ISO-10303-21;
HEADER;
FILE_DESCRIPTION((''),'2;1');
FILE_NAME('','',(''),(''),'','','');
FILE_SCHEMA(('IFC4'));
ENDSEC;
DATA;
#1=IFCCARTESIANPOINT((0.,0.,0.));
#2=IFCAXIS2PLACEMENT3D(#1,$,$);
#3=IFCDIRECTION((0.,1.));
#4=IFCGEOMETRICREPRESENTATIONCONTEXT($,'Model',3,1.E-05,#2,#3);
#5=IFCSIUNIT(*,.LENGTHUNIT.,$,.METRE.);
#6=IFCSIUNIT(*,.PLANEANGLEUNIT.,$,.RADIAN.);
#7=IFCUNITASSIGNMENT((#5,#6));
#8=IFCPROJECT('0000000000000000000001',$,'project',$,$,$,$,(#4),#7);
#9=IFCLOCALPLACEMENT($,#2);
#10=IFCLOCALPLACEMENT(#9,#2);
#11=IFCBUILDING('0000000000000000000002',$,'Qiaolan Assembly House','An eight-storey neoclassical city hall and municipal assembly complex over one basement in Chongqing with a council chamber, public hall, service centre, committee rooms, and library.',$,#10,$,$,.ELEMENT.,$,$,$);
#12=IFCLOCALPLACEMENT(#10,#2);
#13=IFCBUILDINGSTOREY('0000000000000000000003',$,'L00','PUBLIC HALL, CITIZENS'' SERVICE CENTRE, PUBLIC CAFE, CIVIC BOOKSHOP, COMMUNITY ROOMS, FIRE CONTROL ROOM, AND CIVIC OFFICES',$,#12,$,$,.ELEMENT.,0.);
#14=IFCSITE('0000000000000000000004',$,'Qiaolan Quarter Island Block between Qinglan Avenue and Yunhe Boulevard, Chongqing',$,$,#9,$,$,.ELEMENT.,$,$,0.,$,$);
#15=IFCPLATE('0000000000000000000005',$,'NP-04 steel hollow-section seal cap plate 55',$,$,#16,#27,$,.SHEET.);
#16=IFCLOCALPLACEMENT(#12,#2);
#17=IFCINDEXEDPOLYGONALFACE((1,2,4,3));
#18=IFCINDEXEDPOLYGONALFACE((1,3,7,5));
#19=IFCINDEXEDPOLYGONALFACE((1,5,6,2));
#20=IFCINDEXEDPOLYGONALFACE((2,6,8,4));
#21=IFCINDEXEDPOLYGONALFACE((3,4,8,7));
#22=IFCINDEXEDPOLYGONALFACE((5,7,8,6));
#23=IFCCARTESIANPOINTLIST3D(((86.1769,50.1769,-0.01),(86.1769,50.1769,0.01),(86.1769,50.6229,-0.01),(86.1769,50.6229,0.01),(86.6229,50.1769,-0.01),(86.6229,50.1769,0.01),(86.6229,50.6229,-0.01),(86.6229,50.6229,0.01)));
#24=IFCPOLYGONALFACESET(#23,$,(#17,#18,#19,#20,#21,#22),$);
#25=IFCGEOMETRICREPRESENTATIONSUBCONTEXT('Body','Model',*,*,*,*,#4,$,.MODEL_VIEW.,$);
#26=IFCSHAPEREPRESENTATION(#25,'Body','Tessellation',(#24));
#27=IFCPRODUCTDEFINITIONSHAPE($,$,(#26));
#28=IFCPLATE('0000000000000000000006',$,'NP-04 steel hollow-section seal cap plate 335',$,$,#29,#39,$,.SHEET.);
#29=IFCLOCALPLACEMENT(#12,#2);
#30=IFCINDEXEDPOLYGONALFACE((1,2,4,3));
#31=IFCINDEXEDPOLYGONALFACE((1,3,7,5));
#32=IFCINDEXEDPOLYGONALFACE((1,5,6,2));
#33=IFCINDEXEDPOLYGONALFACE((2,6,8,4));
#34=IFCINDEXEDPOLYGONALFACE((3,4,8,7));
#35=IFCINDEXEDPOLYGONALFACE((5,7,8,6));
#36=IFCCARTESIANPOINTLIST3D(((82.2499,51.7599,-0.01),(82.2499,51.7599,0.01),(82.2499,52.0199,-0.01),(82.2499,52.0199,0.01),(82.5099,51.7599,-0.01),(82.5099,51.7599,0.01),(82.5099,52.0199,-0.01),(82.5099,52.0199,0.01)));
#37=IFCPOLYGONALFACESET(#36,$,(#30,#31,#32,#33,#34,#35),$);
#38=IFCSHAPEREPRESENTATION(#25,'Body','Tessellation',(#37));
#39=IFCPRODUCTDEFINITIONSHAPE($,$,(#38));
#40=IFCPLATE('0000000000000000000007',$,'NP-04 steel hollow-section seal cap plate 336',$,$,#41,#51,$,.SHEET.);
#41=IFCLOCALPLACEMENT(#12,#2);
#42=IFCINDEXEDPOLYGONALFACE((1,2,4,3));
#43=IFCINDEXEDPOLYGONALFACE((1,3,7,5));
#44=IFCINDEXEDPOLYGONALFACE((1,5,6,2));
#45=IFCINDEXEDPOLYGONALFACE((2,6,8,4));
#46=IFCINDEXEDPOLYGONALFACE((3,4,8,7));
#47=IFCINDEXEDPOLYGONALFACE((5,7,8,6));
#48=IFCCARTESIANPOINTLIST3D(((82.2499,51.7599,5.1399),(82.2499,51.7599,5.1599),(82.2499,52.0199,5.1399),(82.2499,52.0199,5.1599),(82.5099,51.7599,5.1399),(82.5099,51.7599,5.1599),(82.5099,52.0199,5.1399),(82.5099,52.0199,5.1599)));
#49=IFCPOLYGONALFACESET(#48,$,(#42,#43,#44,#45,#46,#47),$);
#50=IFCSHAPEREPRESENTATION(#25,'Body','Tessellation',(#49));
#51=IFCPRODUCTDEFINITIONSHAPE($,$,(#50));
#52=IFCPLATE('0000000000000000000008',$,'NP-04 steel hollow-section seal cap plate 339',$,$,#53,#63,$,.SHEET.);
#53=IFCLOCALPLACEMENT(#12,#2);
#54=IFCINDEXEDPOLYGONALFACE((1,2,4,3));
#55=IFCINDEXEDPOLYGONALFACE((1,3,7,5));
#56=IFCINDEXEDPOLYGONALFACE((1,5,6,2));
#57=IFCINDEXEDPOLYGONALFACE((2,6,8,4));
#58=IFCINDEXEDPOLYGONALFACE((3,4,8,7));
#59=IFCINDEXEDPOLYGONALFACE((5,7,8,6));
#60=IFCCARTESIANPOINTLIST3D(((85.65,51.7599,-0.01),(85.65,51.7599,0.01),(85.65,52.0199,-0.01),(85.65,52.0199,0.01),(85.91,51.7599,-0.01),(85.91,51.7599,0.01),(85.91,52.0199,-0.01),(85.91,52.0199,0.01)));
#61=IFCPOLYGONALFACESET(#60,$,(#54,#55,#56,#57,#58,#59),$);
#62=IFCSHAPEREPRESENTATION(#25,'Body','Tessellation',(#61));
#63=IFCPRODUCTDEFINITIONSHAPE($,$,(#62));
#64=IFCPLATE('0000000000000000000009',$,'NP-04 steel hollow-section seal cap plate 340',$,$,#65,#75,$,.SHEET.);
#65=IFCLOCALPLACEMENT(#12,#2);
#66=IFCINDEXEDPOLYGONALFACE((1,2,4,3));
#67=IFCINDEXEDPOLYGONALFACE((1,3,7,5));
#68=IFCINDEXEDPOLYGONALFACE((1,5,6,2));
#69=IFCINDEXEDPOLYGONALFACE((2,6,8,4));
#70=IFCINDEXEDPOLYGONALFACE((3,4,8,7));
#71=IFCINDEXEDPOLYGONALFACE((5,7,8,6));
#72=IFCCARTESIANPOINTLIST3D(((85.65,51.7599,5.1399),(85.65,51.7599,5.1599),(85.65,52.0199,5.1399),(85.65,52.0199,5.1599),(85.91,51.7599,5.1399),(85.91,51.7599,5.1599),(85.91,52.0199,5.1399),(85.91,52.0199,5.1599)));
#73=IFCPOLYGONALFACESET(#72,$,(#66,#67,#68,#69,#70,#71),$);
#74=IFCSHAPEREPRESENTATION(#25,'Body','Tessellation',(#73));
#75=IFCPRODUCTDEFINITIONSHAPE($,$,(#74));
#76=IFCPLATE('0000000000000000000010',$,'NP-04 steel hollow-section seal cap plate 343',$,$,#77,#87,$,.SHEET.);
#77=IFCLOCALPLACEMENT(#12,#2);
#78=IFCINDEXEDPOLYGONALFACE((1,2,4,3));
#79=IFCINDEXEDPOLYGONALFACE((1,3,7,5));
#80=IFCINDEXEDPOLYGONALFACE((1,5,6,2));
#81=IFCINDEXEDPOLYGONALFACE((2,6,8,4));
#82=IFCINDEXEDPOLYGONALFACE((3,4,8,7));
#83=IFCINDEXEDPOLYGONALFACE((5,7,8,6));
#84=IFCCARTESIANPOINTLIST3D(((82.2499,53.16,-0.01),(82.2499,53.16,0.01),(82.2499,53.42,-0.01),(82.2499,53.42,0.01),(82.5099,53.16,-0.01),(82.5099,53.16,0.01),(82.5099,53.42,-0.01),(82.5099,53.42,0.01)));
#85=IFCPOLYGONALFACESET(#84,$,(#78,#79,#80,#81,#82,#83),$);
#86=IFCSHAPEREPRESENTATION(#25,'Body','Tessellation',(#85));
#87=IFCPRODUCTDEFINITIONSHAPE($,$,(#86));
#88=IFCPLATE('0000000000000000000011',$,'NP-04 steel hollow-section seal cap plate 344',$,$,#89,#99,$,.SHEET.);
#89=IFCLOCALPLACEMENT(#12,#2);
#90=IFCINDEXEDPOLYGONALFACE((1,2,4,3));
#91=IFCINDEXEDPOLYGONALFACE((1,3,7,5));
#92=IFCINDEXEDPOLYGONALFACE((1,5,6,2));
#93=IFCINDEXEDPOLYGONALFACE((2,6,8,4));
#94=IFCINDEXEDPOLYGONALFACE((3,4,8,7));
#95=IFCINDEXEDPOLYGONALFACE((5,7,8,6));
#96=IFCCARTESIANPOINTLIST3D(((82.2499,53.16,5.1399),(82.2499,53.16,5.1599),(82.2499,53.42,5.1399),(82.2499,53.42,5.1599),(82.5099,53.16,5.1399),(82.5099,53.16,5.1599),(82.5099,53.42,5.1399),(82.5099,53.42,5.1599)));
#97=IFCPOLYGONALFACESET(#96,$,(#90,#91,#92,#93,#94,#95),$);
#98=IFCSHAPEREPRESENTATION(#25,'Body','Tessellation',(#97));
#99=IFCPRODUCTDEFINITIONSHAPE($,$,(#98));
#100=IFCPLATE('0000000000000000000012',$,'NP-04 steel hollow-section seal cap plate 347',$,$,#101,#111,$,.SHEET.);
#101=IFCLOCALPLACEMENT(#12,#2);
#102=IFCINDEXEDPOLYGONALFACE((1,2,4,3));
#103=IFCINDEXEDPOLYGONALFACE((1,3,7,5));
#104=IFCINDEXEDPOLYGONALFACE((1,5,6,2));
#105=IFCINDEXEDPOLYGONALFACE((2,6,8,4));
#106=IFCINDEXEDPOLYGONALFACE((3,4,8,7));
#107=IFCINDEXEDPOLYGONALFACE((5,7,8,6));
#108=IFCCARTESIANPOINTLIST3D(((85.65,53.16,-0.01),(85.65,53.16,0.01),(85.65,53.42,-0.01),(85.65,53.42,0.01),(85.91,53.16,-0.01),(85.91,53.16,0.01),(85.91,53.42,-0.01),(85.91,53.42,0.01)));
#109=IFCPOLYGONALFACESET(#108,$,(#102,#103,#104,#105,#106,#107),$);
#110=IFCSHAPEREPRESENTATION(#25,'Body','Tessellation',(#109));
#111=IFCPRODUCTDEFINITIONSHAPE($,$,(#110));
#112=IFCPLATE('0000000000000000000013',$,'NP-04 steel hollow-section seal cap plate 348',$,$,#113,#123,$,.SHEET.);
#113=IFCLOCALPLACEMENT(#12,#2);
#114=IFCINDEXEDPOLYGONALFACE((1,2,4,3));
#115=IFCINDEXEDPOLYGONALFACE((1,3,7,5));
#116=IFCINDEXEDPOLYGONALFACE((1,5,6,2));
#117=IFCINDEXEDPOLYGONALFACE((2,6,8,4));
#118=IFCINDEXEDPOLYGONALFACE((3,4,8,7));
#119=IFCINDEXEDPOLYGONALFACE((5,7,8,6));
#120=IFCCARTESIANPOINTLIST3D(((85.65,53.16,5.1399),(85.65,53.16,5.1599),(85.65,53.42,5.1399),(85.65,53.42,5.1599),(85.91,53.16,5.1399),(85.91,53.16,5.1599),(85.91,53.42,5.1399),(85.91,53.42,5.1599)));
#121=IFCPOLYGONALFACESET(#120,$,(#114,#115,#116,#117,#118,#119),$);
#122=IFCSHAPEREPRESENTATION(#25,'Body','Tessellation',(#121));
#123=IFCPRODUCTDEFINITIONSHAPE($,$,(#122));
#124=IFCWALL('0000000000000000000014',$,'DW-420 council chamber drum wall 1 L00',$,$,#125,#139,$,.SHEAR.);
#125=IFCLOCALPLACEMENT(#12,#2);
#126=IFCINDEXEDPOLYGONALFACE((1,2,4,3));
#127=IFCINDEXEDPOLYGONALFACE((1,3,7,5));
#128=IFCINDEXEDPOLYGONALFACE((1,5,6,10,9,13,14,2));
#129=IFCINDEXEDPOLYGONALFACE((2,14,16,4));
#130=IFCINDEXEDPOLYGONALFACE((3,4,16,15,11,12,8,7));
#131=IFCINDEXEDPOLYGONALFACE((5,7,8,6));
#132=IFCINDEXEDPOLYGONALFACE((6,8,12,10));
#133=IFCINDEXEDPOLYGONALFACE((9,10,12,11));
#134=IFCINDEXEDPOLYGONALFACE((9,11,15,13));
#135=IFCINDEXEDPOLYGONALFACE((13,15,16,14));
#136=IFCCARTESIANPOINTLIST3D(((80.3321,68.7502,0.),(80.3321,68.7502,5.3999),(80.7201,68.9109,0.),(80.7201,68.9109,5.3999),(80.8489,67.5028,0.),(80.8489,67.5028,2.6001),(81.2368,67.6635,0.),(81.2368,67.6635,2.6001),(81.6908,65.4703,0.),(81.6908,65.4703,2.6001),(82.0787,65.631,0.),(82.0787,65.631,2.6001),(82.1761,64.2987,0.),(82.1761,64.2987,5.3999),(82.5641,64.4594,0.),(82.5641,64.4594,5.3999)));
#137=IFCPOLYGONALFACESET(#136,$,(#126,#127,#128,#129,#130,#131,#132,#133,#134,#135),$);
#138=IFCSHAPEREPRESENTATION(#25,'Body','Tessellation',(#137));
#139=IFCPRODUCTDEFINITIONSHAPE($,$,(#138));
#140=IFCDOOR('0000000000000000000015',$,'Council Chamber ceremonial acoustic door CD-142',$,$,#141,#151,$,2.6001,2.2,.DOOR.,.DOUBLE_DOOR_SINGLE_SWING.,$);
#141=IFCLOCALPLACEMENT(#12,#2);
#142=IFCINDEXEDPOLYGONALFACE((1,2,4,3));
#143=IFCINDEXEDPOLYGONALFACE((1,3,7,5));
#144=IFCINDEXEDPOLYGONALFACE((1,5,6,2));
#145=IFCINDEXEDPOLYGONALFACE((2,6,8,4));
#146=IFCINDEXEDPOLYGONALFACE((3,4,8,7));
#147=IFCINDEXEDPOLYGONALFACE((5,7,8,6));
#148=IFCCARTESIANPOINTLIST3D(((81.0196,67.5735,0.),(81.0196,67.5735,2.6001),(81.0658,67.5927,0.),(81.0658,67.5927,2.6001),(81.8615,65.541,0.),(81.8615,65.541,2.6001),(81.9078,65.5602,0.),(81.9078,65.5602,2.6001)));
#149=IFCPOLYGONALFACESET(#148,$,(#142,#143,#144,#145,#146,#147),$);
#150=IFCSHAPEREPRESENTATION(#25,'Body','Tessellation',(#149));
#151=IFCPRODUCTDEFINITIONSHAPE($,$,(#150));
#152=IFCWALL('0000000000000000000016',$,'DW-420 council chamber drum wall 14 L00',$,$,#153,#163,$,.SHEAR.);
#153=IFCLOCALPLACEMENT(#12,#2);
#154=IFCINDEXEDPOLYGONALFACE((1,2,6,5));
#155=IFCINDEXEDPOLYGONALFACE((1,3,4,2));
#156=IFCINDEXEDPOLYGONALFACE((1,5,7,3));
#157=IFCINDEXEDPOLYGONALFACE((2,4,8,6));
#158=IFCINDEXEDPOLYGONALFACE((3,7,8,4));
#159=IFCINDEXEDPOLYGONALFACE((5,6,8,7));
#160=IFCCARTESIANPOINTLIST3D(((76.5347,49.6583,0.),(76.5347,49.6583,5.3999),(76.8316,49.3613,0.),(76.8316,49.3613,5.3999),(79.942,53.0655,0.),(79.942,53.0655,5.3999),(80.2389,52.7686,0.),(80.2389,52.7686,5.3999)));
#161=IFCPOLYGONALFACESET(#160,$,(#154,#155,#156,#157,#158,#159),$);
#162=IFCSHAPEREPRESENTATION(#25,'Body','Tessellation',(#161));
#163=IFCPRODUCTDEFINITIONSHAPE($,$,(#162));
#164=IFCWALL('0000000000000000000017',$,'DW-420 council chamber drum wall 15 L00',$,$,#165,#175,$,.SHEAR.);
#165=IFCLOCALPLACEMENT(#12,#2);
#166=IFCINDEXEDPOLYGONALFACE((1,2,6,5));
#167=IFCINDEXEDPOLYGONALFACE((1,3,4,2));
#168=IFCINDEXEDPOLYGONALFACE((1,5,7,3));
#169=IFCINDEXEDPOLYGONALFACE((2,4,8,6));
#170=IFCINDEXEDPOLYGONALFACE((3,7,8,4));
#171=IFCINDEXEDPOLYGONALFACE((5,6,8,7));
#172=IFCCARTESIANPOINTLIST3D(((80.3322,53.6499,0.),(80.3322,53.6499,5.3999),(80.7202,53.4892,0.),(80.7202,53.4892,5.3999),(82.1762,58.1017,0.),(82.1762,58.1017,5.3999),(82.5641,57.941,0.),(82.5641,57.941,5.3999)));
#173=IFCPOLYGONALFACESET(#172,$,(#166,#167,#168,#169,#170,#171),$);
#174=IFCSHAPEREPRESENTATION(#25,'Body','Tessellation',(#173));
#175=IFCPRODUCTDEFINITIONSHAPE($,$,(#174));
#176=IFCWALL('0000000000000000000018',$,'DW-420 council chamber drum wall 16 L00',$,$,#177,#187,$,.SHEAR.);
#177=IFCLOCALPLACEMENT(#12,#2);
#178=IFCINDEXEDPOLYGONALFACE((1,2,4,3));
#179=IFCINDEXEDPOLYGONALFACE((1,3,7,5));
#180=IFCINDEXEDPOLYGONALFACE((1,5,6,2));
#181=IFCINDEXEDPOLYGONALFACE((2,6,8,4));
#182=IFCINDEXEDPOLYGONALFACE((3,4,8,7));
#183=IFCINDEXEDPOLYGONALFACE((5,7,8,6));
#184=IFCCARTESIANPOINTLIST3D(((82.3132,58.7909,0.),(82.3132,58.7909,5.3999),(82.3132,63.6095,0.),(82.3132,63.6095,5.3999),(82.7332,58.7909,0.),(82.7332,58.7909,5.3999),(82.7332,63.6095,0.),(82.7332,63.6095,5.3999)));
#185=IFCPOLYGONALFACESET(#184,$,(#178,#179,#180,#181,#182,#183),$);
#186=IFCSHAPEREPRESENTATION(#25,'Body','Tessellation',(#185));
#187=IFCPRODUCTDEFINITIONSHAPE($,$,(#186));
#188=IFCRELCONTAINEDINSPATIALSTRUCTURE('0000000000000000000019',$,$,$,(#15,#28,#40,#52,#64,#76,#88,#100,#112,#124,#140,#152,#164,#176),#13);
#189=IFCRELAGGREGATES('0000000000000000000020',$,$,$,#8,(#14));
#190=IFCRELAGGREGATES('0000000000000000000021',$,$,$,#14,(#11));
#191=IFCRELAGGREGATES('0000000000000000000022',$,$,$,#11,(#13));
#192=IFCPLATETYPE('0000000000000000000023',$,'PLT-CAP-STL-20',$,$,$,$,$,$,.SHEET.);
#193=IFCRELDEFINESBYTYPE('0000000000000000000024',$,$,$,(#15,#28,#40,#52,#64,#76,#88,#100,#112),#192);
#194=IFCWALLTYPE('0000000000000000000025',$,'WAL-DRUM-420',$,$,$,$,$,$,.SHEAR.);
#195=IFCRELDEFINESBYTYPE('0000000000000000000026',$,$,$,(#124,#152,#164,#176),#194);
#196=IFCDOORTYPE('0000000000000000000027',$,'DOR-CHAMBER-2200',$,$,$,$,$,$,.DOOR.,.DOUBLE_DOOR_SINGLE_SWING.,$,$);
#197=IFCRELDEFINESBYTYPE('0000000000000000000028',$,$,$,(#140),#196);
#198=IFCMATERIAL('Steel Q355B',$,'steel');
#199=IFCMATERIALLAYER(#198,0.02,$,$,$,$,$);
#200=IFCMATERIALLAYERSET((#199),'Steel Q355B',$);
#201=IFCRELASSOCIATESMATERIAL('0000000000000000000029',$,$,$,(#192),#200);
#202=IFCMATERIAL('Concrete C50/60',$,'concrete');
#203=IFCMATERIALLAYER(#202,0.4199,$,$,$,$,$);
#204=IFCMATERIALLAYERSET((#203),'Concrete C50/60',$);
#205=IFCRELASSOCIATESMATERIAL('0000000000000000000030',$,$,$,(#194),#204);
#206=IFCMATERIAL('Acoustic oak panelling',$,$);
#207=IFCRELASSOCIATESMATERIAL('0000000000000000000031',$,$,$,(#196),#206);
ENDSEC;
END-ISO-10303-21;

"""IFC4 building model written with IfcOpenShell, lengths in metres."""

from ifc_helpers import new_model, si_unit, direction, frame, frame_2d, origin, origin_2d, place, context, subcontext, project, spatial, rectangle, extrude, material, layer, layer_set, type_object, element, fill, save


model = new_model("IFC4")

# Units and contexts
model_context = context("Model", 3, precision=1e-05, world=origin(), true_north=direction((0.0, 1.0)))
body_context = subcontext(model_context, "Body", "Model", "MODEL_VIEW")
ifc_project = project(units=[si_unit("LENGTHUNIT", "METRE"), si_unit("PLANEANGLEUNIT", "RADIAN")], contexts=[model_context])

# Site, building, storey
site_placement = place(None, origin())
site = spatial("IfcSite", under=ifc_project, at=site_placement, Name="Qiaolan Quarter Island Block between Qinglan Avenue and Yunhe Boulevard, Chongqing", CompositionType="ELEMENT", RefElevation=0.0)
building_placement = place(site_placement, origin())
building = spatial("IfcBuilding", under=site, at=building_placement, Name="Qiaolan Assembly House", Description="An eight-storey neoclassical city hall and municipal assembly complex over one basement in Chongqing with a council chamber, public hall, service centre, committee rooms, and library.", CompositionType="ELEMENT")
storey_placement = place(building_placement, origin())
storey = spatial("IfcBuildingStorey", under=building, at=storey_placement, Name="L00", Description="PUBLIC HALL, CITIZENS' SERVICE CENTRE, PUBLIC CAFE, CIVIC BOOKSHOP, COMMUNITY ROOMS, FIRE CONTROL ROOM, AND CIVIC OFFICES", CompositionType="ELEMENT", Elevation=0.0)

# Shared definitions
ifc_material_1 = material(Name="Concrete C50/60", Category="concrete")
ifc_material_2 = material(Name="Steel Q355B", Category="steel")

# Plates
ifc_layer_1 = layer(ifc_material_2, 0.02)
ifc_layer_set_1 = layer_set([ifc_layer_1], Name="Steel Q355B")
plate_type = type_object("IfcPlateType", Name="PLT-CAP-STL-20", PredefinedType="SHEET", material=ifc_layer_set_1)
plate_placement = place(storey_placement, frame((86.3999, 50.3999, -0.01), z_axis=(0.0, 0.0, 1.0), x_axis=(1.0, 0.0, 0.0)))
element("IfcPlate", 1, at=plate_placement, inside=storey, type_object=plate_type, Name="NP-04 steel hollow-section seal cap plate 55", PredefinedType="SHEET", context=body_context, shape_type="SweptSolid", body=[
    extrude(rectangle(XDim=0.446, YDim=0.446, at=origin_2d()), origin(), (0.0, 0.0, 1.0), 0.02),
])
for number, where, z_axis, x_axis, name in (
    (2, (82.3799, 51.8899, -0.01), (0.0, 0.0, 1.0), (1.0, 0.0, 0.0), "NP-04 steel hollow-section seal cap plate 335"),
    (3, (82.3799, 51.8899, 5.1399), (0.0, 0.0, 1.0), (1.0, 0.0, 0.0), "NP-04 steel hollow-section seal cap plate 336"),
    (4, (85.78, 51.8899, -0.01), (0.0, 0.0, 1.0), (1.0, 0.0, 0.0), "NP-04 steel hollow-section seal cap plate 339"),
    (5, (85.78, 51.8899, 5.1399), (0.0, 0.0, 1.0), (1.0, 0.0, 0.0), "NP-04 steel hollow-section seal cap plate 340"),
    (6, (82.3799, 53.29, -0.01), (0.0, 0.0, 1.0), (1.0, 0.0, 0.0), "NP-04 steel hollow-section seal cap plate 343"),
    (7, (82.3799, 53.29, 5.1399), (0.0, 0.0, 1.0), (1.0, 0.0, 0.0), "NP-04 steel hollow-section seal cap plate 344"),
    (8, (85.78, 53.29, -0.01), (0.0, 0.0, 1.0), (1.0, 0.0, 0.0), "NP-04 steel hollow-section seal cap plate 347"),
    (9, (85.78, 53.29, 5.1399), (0.0, 0.0, 1.0), (1.0, 0.0, 0.0), "NP-04 steel hollow-section seal cap plate 348"),
):
    element("IfcPlate", number, at=place(storey_placement, frame(where, z_axis=z_axis, x_axis=x_axis)), inside=storey, type_object=plate_type, Name=name, PredefinedType="SHEET", context=body_context, shape_type="SweptSolid", body=[
        extrude(rectangle(XDim=0.26, YDim=0.26, at=origin_2d()), origin(), (0.0, 0.0, 1.0), 0.02),
    ])

# Wall, opening, door
ifc_layer_2 = layer(ifc_material_1, 0.4199)
ifc_layer_set_2 = layer_set([ifc_layer_2], Name="Concrete C50/60")
wall_type = type_object("IfcWallType", Name="WAL-DRUM-420", PredefinedType="SHEAR", material=ifc_layer_set_2)
wall_placement = place(storey_placement, frame((80.5261, 68.8306, 0.0), z_axis=(0.0, 0.0, 1.0), x_axis=(0.382693, -0.923875, 0.0)))
wall = element("IfcWall", 10, at=wall_placement, inside=storey, type_object=wall_type, Name="DW-420 council chamber drum wall 1 L00", PredefinedType="SHEAR", context=body_context, shape_type="SweptSolid", body=[
    extrude(rectangle(XDim=4.8184, YDim=0.4199, at=frame_2d((2.4092, 0.0))), origin(), (0.0, 0.0, 1.0), 5.3999),
])
opening_placement = place(wall_placement, frame((1.3501, 0.0, 0.0)))
opening = element("IfcOpeningElement", 11, at=opening_placement, cuts=wall, PredefinedType="OPENING", context=body_context, shape_type="SweptSolid", body=[
    extrude(rectangle(XDim=2.2, YDim=2.6001, at=frame_2d((1.1001, 1.3))), frame((0.0, 0.22, 0.0), z_axis=(0.0, -1.0, 0.0), x_axis=(1.0, 0.0, 0.0)), (0.0, 0.0, 1.0), 0.4399),
])
ifc_material_3 = material(Name="Acoustic oak panelling")
door_type = type_object("IfcDoorType", Name="DOR-CHAMBER-2200", OperationType="DOUBLE_DOOR_SINGLE_SWING", PredefinedType="DOOR", material=ifc_material_3)
door_placement = place(opening_placement, origin())
door = element("IfcDoor", 12, at=door_placement, inside=storey, type_object=door_type, Name="Council Chamber ceremonial acoustic door CD-142", OperationType="DOUBLE_DOOR_SINGLE_SWING", OverallHeight=2.6001, OverallWidth=2.2, PredefinedType="DOOR", context=body_context, shape_type="SweptSolid", body=[
    extrude(rectangle(XDim=2.2, YDim=2.6001, at=frame_2d((1.1001, 1.3))), frame((0.0, 0.0249, 0.0), z_axis=(0.0, -1.0, 0.0), x_axis=(1.0, 0.0, 0.0)), (0.0, 0.0, 1.0), 0.05),
])
fill(opening, door)

# Walls
for number, where, z_axis, x_axis, name in (
    (13, (80.0903, 52.917, 0.0), (0.0, 0.0, 1.0), (-0.707107, -0.707107, 0.0), "DW-420 council chamber drum wall 14 L00"),
    (14, (82.3701, 58.0212, 0.0), (0.0, 0.0, 1.0), (-0.382675, -0.923883, 0.0), "DW-420 council chamber drum wall 15 L00"),
    (15, (82.5232, 63.6094, 0.0), (0.0, 0.0, 1.0), (0.0, -1.0, 0.0), "DW-420 council chamber drum wall 16 L00"),
):
    element("IfcWall", number, at=place(storey_placement, frame(where, z_axis=z_axis, x_axis=x_axis)), inside=storey, type_object=wall_type, Name=name, PredefinedType="SHEAR", context=body_context, shape_type="SweptSolid", body=[
        extrude(rectangle(XDim=4.8186, YDim=0.4199, at=frame_2d((2.4092, 0.0))), origin(), (0.0, 0.0, 1.0), 5.3999),
    ])

save(model, "model.ifc")
